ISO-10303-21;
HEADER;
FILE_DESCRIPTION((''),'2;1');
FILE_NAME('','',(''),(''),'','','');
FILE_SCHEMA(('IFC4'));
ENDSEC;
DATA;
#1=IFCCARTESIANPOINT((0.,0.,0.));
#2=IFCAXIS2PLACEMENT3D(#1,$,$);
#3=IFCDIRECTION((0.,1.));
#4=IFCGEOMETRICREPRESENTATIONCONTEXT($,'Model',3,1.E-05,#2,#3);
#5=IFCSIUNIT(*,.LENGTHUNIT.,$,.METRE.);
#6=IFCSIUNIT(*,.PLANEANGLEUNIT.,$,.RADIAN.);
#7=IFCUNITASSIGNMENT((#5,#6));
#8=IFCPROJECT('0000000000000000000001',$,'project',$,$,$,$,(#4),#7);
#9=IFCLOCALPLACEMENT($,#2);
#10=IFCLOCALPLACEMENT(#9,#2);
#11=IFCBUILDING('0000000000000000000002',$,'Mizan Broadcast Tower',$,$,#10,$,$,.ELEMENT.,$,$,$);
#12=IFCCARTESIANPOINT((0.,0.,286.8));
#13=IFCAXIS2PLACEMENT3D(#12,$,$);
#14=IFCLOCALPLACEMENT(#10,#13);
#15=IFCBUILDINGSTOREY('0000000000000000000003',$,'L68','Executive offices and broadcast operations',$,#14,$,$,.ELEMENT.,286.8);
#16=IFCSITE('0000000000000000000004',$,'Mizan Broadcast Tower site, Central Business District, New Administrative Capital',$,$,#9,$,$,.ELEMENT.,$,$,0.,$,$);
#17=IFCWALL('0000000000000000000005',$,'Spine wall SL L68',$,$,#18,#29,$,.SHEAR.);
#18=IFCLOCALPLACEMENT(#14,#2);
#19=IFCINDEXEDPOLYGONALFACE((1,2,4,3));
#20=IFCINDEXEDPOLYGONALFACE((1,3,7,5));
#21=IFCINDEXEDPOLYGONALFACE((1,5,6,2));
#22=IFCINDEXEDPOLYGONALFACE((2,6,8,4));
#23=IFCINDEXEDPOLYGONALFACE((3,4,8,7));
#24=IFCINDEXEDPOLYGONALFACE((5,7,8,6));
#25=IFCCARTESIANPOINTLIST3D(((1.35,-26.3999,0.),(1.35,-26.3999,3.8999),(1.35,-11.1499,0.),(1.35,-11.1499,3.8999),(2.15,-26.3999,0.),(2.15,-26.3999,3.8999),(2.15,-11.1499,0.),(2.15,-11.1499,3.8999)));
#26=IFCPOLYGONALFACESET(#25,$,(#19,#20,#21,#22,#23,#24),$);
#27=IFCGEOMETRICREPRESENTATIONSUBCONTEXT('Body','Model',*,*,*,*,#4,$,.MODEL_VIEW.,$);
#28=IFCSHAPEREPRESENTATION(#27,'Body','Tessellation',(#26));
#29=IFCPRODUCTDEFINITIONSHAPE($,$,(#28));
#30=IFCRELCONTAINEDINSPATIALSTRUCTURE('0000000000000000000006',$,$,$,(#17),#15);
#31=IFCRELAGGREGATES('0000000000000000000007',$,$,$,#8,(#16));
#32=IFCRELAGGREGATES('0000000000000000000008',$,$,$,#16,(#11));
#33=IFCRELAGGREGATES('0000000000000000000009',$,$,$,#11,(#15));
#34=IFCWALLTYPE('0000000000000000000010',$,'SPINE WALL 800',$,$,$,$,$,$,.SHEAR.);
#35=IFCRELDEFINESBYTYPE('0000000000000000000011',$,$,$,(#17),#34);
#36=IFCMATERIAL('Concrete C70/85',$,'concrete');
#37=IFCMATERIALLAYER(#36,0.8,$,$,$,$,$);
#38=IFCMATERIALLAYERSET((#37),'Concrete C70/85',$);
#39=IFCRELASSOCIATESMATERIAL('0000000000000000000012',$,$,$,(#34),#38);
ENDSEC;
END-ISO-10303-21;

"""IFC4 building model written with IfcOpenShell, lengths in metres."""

from ifc_helpers import new_model, si_unit, direction, frame, frame_2d, origin, place, context, subcontext, project, spatial, rectangle, extrude, material, layer, layer_set, type_object, element, save


model = new_model("IFC4")

# Units and contexts
model_context = context("Model", 3, precision=1e-05, world=origin(), true_north=direction((0.0, 1.0)))
body_context = subcontext(model_context, "Body", "Model", "MODEL_VIEW")
ifc_project = project(units=[si_unit("LENGTHUNIT", "METRE"), si_unit("PLANEANGLEUNIT", "RADIAN")], contexts=[model_context])

# Site, building, storey
site_placement = place(None, origin())
site = spatial("IfcSite", under=ifc_project, at=site_placement, Name="Mizan Broadcast Tower site, Central Business District, New Administrative Capital", CompositionType="ELEMENT", RefElevation=0.0)
building_placement = place(site_placement, origin())
building = spatial("IfcBuilding", under=site, at=building_placement, Name="Mizan Broadcast Tower", CompositionType="ELEMENT")
storey_placement = place(building_placement, frame((0.0, 0.0, 286.8)))
storey = spatial("IfcBuildingStorey", under=building, at=storey_placement, Name="L68", Description="Executive offices and broadcast operations", CompositionType="ELEMENT", Elevation=286.8)

# Wall
ifc_material_1 = material(Name="Concrete C70/85", Category="concrete")
ifc_layer_1 = layer(ifc_material_1, 0.8)
ifc_layer_set_1 = layer_set([ifc_layer_1], Name="Concrete C70/85")
wall_type_1 = type_object("IfcWallType", Name="SPINE WALL 800", PredefinedType="SHEAR", material=ifc_layer_set_1)
wall_1_placement = place(storey_placement, frame((1.75, -11.1499, 0.0), z_axis=(0.0, 0.0, 1.0), x_axis=(0.0, -1.0, 0.0)))
element("IfcWall", 1, at=wall_1_placement, inside=storey, type_object=wall_type_1, Name="Spine wall SL L68", PredefinedType="SHEAR", context=body_context, shape_type="SweptSolid", body=[
    extrude(rectangle(XDim=15.25, YDim=0.8, at=frame_2d((7.625, 0.0))), origin(), (0.0, 0.0, 1.0), 3.8999),
])

save(model, "model.ifc")
